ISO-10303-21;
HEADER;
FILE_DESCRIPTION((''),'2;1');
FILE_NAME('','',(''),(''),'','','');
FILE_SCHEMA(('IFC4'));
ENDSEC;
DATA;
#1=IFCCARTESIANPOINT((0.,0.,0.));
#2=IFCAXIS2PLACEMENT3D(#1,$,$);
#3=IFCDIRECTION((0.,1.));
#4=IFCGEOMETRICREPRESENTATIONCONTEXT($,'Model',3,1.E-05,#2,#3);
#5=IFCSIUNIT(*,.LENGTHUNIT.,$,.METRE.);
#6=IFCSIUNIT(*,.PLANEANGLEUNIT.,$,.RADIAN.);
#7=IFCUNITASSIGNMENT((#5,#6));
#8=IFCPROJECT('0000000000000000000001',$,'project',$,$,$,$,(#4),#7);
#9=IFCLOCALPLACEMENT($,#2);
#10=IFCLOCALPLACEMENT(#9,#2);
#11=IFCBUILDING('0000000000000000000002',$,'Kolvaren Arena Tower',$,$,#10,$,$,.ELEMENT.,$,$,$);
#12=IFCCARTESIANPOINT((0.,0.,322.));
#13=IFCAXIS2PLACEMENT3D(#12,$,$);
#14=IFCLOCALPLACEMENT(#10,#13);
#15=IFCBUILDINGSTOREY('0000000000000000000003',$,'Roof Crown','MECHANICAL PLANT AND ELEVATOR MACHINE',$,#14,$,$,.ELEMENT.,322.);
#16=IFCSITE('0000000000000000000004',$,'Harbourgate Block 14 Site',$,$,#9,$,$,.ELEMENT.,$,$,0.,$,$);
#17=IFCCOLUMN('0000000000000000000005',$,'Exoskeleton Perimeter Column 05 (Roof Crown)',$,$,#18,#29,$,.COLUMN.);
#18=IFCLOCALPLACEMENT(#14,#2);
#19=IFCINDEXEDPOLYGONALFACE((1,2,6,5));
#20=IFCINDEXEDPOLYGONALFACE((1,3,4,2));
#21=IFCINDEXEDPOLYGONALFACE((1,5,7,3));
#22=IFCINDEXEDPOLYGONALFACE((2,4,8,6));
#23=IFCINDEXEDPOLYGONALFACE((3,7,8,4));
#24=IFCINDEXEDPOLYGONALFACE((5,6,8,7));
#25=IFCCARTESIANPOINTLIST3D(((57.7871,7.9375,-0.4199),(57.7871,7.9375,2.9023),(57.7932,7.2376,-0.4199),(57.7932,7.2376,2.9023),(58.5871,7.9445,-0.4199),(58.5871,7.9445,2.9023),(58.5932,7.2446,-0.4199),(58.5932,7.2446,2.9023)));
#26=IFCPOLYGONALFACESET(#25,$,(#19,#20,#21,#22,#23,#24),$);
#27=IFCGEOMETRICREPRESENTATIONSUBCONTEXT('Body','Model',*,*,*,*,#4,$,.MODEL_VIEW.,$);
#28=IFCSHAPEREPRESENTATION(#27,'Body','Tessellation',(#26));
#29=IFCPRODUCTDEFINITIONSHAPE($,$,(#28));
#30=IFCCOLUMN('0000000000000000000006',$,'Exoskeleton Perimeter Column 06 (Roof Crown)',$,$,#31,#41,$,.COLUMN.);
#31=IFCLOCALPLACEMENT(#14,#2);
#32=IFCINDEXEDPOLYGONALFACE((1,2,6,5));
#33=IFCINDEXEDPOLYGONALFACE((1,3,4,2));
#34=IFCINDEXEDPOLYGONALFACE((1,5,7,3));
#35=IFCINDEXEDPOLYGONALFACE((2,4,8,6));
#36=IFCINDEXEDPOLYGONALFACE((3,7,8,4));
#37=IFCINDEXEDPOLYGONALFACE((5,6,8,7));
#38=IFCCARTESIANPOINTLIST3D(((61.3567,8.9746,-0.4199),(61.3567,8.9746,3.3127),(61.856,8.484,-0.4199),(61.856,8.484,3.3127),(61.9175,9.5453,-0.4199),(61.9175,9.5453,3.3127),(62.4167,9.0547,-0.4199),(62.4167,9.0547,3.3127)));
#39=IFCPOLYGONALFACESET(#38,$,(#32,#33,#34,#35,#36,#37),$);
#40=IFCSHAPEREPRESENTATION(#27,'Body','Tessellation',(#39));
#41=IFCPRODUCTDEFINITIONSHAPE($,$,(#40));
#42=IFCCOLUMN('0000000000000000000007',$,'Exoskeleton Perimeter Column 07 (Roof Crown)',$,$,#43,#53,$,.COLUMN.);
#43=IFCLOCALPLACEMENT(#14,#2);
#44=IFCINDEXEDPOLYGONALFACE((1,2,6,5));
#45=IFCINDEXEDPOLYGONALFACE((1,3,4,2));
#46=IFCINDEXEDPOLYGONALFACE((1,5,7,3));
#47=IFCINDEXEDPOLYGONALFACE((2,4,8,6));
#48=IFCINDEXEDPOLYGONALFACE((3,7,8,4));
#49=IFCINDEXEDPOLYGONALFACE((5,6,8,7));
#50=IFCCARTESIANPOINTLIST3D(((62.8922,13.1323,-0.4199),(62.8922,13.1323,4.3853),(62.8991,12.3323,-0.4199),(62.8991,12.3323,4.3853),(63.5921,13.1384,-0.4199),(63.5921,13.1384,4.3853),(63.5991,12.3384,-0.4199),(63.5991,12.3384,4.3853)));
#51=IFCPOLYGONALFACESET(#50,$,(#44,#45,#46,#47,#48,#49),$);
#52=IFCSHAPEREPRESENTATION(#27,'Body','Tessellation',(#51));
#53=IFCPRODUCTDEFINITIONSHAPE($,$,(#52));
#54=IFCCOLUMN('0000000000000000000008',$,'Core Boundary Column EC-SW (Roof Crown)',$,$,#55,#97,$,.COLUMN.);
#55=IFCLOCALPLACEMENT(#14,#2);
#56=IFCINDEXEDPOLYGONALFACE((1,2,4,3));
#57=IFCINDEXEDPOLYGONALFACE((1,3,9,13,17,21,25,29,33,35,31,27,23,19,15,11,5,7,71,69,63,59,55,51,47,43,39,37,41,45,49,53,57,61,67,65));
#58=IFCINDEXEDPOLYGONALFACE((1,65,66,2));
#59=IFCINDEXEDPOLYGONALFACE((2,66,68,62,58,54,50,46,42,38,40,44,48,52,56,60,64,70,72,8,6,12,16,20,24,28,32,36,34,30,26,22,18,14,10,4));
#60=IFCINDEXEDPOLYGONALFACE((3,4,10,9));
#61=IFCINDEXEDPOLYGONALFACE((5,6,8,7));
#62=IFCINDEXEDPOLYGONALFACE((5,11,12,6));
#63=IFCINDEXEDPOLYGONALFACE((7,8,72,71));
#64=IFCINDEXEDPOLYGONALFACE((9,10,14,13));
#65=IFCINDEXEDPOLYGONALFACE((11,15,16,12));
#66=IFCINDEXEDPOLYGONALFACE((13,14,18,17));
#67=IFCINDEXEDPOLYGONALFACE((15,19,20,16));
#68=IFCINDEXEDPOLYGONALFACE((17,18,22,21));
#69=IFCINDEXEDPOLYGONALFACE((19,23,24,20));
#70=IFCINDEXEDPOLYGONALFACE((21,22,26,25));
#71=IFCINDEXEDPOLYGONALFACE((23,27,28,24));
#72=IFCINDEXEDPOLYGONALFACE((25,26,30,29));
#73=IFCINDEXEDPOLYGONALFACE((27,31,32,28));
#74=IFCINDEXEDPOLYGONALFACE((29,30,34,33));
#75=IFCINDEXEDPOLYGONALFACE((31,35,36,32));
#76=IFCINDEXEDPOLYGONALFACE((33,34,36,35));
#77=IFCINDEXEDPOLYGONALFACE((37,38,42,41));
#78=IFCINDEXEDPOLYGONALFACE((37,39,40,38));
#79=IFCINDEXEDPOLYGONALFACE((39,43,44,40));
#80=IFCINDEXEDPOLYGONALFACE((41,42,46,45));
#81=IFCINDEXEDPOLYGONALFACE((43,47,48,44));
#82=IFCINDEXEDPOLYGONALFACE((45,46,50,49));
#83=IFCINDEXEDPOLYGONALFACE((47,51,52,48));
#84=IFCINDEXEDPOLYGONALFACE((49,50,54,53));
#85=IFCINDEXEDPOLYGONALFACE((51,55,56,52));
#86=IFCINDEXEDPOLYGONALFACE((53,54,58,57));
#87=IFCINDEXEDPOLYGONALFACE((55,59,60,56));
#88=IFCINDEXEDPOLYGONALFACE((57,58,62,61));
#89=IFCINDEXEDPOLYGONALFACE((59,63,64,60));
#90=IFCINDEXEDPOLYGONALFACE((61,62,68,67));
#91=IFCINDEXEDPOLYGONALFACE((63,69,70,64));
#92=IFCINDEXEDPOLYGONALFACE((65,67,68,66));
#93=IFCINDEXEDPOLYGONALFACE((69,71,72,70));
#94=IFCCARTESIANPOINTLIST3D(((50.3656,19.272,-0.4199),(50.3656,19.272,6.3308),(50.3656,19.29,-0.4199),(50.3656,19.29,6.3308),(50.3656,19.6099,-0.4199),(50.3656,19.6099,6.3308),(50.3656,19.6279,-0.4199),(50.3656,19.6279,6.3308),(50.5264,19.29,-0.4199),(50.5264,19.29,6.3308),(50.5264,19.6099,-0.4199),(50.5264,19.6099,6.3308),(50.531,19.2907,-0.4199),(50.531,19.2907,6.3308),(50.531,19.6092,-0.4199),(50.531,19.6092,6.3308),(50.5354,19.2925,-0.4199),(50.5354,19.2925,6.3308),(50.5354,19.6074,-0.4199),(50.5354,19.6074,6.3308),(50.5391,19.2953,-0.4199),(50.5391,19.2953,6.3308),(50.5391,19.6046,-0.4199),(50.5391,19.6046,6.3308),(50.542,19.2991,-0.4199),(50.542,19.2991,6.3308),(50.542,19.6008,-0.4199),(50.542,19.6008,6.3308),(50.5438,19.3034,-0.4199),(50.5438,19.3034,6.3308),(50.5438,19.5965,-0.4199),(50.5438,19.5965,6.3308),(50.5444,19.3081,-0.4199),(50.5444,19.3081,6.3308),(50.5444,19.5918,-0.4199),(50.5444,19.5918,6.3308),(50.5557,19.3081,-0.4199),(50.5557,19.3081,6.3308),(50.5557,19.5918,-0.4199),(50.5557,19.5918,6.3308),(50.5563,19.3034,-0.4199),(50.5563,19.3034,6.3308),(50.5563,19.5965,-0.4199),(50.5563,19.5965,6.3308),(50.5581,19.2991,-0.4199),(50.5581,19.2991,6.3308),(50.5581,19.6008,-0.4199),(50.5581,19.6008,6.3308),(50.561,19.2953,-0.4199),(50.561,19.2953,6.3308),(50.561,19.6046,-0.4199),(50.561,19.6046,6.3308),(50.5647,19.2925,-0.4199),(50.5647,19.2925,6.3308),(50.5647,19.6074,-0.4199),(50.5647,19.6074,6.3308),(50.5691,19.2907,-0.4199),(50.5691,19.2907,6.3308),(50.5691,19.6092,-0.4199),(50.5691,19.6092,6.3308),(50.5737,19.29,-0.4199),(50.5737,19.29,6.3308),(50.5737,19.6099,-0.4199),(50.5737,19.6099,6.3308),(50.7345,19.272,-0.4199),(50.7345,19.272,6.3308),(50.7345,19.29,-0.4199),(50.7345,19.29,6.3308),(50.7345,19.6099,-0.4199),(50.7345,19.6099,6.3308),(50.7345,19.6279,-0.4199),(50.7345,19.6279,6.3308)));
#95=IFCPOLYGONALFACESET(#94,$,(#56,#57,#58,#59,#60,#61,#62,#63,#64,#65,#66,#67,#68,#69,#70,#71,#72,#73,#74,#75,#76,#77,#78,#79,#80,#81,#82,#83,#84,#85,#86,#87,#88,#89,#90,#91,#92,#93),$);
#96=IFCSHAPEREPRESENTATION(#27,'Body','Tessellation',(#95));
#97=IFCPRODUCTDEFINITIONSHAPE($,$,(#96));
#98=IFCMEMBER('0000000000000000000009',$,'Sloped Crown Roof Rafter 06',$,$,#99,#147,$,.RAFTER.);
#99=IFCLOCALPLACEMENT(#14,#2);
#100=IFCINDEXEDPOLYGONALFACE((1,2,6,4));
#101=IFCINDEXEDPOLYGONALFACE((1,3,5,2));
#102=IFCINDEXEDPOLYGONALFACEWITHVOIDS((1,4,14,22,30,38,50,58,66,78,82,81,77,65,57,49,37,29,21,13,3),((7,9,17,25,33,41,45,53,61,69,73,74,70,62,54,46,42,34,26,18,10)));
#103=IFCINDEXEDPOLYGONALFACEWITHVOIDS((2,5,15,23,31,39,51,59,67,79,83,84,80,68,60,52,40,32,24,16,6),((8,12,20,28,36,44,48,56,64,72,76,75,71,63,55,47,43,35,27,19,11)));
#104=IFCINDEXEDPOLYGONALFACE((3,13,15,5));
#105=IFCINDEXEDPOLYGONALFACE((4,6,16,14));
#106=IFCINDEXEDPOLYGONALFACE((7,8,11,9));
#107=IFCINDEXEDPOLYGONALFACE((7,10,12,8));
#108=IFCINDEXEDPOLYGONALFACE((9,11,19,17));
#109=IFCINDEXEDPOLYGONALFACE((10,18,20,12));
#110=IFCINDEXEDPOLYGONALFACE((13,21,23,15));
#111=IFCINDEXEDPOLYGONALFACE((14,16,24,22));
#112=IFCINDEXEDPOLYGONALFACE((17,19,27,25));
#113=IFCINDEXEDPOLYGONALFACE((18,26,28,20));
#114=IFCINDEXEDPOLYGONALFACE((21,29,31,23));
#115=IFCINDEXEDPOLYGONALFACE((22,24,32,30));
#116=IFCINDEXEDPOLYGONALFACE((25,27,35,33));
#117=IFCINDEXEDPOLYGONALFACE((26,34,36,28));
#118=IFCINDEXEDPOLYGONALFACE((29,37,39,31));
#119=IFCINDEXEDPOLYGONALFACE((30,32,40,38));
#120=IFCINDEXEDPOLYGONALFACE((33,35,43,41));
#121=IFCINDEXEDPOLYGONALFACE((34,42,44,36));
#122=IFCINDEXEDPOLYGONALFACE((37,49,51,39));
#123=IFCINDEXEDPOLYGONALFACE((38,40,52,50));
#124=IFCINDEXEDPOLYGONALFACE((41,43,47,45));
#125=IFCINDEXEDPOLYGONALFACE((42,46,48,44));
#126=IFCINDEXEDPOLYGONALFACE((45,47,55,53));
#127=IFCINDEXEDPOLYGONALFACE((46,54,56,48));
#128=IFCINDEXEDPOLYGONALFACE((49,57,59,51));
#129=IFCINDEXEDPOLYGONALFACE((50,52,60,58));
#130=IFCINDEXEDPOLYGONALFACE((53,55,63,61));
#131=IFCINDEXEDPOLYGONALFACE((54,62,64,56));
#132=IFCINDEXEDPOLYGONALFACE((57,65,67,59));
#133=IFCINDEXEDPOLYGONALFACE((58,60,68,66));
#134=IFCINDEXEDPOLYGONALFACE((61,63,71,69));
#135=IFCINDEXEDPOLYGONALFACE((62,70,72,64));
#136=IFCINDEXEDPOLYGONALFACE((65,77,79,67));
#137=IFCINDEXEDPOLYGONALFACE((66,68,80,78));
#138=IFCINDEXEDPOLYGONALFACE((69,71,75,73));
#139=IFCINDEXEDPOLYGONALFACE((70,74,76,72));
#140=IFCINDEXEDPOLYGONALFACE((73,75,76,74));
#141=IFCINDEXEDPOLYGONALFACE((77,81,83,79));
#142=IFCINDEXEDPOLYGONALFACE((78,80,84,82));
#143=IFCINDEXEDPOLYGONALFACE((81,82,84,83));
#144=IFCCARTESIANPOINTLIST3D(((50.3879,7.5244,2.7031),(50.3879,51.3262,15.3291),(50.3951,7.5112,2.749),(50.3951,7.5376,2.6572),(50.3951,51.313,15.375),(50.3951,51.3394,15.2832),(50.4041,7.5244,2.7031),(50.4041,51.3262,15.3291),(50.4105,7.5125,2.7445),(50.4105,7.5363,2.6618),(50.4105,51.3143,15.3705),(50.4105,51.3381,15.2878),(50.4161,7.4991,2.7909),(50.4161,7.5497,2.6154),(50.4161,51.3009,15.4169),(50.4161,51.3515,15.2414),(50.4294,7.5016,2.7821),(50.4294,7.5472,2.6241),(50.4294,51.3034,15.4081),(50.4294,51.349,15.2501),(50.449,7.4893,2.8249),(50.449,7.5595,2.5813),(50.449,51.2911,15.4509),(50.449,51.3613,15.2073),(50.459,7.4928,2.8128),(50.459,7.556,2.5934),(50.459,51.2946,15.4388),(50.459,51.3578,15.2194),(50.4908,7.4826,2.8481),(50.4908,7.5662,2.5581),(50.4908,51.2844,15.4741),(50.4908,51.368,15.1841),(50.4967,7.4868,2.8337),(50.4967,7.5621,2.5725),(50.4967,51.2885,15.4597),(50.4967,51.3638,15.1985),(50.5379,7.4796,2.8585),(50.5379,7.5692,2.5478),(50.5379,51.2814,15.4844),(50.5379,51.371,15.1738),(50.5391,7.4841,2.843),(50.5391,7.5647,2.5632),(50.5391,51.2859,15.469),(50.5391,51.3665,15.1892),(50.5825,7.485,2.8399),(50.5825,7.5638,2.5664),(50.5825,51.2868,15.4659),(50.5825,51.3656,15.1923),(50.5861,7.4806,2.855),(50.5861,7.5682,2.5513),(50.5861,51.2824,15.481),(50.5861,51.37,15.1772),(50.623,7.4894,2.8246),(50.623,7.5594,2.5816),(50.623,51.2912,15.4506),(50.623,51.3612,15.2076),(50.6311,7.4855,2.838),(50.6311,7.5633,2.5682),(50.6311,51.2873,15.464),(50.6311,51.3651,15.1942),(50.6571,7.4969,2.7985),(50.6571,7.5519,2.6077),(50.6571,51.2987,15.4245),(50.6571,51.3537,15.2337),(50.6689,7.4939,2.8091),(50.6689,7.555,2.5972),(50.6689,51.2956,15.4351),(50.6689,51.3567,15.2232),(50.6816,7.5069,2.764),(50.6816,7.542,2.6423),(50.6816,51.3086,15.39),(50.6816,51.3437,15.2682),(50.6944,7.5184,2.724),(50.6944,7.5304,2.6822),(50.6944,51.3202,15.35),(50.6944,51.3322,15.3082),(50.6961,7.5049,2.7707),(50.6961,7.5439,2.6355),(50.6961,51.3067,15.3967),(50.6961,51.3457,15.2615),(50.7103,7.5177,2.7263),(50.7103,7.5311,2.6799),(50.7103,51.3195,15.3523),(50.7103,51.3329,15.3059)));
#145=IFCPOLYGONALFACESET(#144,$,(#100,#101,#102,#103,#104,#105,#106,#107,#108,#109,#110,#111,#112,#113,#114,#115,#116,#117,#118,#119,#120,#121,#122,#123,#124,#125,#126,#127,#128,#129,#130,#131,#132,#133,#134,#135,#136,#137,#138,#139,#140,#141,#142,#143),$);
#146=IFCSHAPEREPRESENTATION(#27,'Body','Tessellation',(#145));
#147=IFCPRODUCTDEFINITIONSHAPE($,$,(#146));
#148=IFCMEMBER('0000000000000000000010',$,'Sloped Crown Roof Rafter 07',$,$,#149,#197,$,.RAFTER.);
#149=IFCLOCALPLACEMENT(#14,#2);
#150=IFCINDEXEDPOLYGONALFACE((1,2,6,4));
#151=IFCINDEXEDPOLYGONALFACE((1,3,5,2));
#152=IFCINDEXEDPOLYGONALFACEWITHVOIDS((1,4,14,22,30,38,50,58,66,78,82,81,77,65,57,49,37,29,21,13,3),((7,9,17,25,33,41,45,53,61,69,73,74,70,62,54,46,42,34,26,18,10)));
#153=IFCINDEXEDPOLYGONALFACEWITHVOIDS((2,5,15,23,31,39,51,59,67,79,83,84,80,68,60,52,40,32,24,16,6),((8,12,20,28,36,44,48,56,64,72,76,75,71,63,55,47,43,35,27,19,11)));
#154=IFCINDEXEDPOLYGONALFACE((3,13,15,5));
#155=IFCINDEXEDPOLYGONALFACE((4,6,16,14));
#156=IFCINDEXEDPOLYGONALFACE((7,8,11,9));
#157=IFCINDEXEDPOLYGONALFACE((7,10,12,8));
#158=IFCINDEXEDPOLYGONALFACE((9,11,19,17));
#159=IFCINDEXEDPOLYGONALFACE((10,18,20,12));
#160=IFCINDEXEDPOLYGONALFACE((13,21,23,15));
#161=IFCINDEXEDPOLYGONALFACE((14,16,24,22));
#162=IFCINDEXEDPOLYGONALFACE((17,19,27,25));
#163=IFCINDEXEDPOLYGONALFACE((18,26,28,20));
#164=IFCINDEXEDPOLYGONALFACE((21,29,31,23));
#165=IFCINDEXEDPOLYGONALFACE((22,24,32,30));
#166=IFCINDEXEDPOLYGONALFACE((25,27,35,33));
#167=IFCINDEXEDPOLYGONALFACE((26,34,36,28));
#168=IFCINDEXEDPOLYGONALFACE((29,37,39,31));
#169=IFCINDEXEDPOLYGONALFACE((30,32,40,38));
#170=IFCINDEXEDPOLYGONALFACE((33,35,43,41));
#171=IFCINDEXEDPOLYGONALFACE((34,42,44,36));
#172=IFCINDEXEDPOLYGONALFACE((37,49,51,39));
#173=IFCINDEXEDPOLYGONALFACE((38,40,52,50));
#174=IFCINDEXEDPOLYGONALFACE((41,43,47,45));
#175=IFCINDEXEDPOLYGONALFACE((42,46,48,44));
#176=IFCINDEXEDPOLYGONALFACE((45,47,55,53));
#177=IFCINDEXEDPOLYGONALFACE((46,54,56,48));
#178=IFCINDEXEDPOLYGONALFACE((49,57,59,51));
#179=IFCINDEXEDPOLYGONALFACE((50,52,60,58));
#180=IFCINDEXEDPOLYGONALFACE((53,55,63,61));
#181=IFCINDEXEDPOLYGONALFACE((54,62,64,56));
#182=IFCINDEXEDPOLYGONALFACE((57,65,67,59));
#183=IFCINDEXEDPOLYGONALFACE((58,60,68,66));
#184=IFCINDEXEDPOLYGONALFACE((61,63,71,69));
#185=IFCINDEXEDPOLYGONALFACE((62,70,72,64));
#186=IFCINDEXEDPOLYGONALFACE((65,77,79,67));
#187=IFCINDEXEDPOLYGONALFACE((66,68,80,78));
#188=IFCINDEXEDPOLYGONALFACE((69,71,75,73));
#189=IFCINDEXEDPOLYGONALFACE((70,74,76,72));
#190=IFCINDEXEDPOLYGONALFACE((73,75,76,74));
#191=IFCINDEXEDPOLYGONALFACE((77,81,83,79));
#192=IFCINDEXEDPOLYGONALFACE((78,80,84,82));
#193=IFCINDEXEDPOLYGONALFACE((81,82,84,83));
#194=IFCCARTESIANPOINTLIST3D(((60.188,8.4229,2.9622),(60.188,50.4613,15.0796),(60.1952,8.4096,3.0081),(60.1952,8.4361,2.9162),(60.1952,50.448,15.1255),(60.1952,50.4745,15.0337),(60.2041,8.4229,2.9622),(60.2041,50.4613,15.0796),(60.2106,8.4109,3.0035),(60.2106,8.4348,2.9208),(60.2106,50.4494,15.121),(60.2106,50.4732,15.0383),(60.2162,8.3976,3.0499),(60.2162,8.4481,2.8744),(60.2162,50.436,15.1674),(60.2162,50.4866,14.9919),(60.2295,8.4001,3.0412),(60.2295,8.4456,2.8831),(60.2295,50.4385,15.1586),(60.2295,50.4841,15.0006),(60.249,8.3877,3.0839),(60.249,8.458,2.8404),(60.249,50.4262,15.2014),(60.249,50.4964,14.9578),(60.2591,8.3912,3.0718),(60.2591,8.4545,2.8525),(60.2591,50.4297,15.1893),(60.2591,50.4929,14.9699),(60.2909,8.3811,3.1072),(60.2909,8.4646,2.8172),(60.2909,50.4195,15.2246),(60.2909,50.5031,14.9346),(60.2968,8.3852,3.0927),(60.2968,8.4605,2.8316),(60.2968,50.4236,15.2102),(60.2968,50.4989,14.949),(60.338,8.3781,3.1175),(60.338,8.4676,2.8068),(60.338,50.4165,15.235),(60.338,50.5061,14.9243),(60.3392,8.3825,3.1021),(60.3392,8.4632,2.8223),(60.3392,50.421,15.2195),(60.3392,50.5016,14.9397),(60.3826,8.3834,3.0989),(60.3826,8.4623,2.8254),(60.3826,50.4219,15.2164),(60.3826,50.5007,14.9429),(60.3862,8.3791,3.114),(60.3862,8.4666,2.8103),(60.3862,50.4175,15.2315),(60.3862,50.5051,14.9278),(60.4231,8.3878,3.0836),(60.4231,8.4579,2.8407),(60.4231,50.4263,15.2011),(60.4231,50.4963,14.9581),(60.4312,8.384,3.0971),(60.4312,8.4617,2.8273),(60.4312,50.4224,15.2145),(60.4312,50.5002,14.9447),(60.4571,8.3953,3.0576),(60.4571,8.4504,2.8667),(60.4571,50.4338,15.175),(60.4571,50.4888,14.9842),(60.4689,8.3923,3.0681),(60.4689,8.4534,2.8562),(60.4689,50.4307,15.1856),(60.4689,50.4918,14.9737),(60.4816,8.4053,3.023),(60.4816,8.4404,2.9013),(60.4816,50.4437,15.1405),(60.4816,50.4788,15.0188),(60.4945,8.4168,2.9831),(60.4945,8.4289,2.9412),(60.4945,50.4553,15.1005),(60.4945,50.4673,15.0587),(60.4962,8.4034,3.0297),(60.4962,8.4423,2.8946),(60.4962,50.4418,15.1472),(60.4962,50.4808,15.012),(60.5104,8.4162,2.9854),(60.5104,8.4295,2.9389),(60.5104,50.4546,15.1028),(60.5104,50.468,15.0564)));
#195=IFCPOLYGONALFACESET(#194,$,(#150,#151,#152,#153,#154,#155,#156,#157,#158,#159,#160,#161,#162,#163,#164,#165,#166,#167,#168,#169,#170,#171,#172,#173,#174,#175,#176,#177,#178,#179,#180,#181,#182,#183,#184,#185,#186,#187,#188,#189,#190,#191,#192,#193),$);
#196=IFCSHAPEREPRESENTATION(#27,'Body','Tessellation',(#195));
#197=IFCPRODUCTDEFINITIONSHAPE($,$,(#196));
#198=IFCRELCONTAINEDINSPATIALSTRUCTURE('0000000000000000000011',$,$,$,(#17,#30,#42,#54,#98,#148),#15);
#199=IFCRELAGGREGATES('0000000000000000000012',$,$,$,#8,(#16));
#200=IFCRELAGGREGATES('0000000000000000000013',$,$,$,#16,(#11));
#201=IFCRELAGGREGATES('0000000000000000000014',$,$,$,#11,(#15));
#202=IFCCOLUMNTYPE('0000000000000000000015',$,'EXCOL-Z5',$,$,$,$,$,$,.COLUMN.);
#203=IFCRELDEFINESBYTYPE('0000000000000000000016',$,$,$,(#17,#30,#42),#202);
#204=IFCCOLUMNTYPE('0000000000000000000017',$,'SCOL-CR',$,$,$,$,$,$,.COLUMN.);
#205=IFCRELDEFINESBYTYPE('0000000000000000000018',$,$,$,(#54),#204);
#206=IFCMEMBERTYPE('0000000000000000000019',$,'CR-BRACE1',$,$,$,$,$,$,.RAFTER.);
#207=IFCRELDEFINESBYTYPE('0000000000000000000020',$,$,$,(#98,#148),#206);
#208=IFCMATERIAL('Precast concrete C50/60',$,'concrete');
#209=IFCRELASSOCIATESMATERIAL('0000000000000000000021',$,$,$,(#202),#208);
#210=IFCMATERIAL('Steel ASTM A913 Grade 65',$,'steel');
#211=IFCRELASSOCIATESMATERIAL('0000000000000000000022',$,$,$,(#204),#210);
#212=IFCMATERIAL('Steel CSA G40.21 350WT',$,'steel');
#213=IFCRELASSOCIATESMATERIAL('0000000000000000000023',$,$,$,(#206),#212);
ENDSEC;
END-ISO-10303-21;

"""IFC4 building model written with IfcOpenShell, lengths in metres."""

from ifc_helpers import new_model, si_unit, direction, frame, origin, origin_2d, place, context, subcontext, project, spatial, rectangle, hollow_circle, i_section, extrude, material, material_profile, profile_set, type_object, element, save


model = new_model("IFC4")

# Units and contexts
model_context = context("Model", 3, precision=1e-05, world=origin(), true_north=direction((0.0, 1.0)))
body_context = subcontext(model_context, "Body", "Model", "MODEL_VIEW")
ifc_project = project(units=[si_unit("LENGTHUNIT", "METRE"), si_unit("PLANEANGLEUNIT", "RADIAN")], contexts=[model_context])

# Site, building, storey
site_placement = place(None, origin())
site = spatial("IfcSite", under=ifc_project, at=site_placement, Name="Harbourgate Block 14 Site", CompositionType="ELEMENT", RefElevation=0.0)
building_placement = place(site_placement, origin())
building = spatial("IfcBuilding", under=site, at=building_placement, Name="Kolvaren Arena Tower", CompositionType="ELEMENT")
storey_placement = place(building_placement, frame((0.0, 0.0, 322.0)))
storey = spatial("IfcBuildingStorey", under=building, at=storey_placement, Name="Roof Crown", Description="MECHANICAL PLANT AND ELEVATOR MACHINE", CompositionType="ELEMENT", Elevation=322.0)

# Columns
ifc_material_1 = material(Name="Precast concrete C50/60", Category="concrete")
ifc_material_profile_1 = material_profile(ifc_material_1, rectangle(XDim=0.8, YDim=0.7, at=origin_2d()), Name="RC-800x700")
ifc_profile_set_1 = profile_set([ifc_material_profile_1], Name="Precast concrete C50/60")
column_type_1 = type_object("IfcColumnType", Name="EXCOL-Z5", PredefinedType="COLUMN", material=ifc_profile_set_1)
column_1_placement = place(storey_placement, frame((58.1902, 7.5911, -0.4199), z_axis=(0.0, 0.0, 1.0), x_axis=(0.999962, 0.008727, 0.0)))
element("IfcColumn", 1, at=column_1_placement, inside=storey, type_object=column_type_1, Name="Exoskeleton Perimeter Column 05 (Roof Crown)", PredefinedType="COLUMN", context=body_context, shape_type="SweptSolid", body=[
    extrude(rectangle(XDim=0.8, YDim=0.7, at=origin_2d()), origin(), (0.0, 0.0, 1.0), 3.3223),
])
column_2_placement = place(storey_placement, frame((61.8867, 9.0146, -0.4199), z_axis=(0.0, 0.0, 1.0), x_axis=(0.700909, 0.71325, 0.0)))
element("IfcColumn", 2, at=column_2_placement, inside=storey, type_object=column_type_1, Name="Exoskeleton Perimeter Column 06 (Roof Crown)", PredefinedType="COLUMN", context=body_context, shape_type="SweptSolid", body=[
    extrude(rectangle(XDim=0.8, YDim=0.7, at=origin_2d()), origin(), (0.0, 0.0, 1.0), 3.7327),
])
column_3_placement = place(storey_placement, frame((63.2456, 12.7354, -0.4199), z_axis=(0.0, 0.0, 1.0), x_axis=(-0.008727, 0.999962, 0.0)))
element("IfcColumn", 3, at=column_3_placement, inside=storey, type_object=column_type_1, Name="Exoskeleton Perimeter Column 07 (Roof Crown)", PredefinedType="COLUMN", context=body_context, shape_type="SweptSolid", body=[
    extrude(rectangle(XDim=0.8, YDim=0.7, at=origin_2d()), origin(), (0.0, 0.0, 1.0), 4.8052),
])
ifc_material_2 = material(Name="Steel ASTM A913 Grade 65", Category="steel")
ifc_material_profile_2 = material_profile(ifc_material_2, i_section(OverallWidth=0.3689, OverallDepth=0.356, WebThickness=0.0112, FlangeThickness=0.0181, FilletRadius=0.0181, at=origin_2d()), Name="W360x134")
ifc_profile_set_2 = profile_set([ifc_material_profile_2], Name="Steel ASTM A913 Grade 65")
column_type_2 = type_object("IfcColumnType", Name="SCOL-CR", PredefinedType="COLUMN", material=ifc_profile_set_2)
column_4_placement = place(storey_placement, frame((50.55, 19.45, -0.4199), z_axis=(0.0, 0.0, 1.0), x_axis=(1.0, 0.0, 0.0)))
element("IfcColumn", 4, at=column_4_placement, inside=storey, type_object=column_type_2, Name="Core Boundary Column EC-SW (Roof Crown)", PredefinedType="COLUMN", context=body_context, shape_type="SweptSolid", body=[
    extrude(i_section(OverallWidth=0.3689, OverallDepth=0.356, WebThickness=0.0112, FlangeThickness=0.0181, FilletRadius=0.0181, at=origin_2d()), origin(), (0.0, 0.0, 1.0), 6.7507),
])

# Members
ifc_material_3 = material(Name="Steel CSA G40.21 350WT", Category="steel")
ifc_material_profile_3 = material_profile(ifc_material_3, hollow_circle(Radius=0.1621, WallThickness=0.0161, at=origin_2d()), Name="CHS 324x16")
ifc_profile_set_3 = profile_set([ifc_material_profile_3], Name="Steel CSA G40.21 350WT")
member_type = type_object("IfcMemberType", Name="CR-BRACE1", PredefinedType="RAFTER", material=ifc_profile_set_3)
member_1_placement = place(storey_placement, frame((50.55, 7.5244, 2.7031), z_axis=(0.0, 0.960877, 0.276975), x_axis=(-1.0, 0.0, 0.0)))
element("IfcMember", 5, at=member_1_placement, inside=storey, type_object=member_type, Name="Sloped Crown Roof Rafter 06", PredefinedType="RAFTER", context=body_context, shape_type="SweptSolid", body=[
    extrude(hollow_circle(Radius=0.1621, WallThickness=0.0161, at=origin_2d()), origin(), (0.0, 0.0, 1.0), 45.5852),
])
member_2_placement = place(storey_placement, frame((60.3501, 8.4229, 2.9622), z_axis=(0.0, 0.960878, 0.276971), x_axis=(-1.0, 0.0, 0.0)))
element("IfcMember", 6, at=member_2_placement, inside=storey, type_object=member_type, Name="Sloped Crown Roof Rafter 07", PredefinedType="RAFTER", context=body_context, shape_type="SweptSolid", body=[
    extrude(hollow_circle(Radius=0.1621, WallThickness=0.0161, at=origin_2d()), origin(), (0.0, 0.0, 1.0), 43.75),
])

save(model, "model.ifc")
